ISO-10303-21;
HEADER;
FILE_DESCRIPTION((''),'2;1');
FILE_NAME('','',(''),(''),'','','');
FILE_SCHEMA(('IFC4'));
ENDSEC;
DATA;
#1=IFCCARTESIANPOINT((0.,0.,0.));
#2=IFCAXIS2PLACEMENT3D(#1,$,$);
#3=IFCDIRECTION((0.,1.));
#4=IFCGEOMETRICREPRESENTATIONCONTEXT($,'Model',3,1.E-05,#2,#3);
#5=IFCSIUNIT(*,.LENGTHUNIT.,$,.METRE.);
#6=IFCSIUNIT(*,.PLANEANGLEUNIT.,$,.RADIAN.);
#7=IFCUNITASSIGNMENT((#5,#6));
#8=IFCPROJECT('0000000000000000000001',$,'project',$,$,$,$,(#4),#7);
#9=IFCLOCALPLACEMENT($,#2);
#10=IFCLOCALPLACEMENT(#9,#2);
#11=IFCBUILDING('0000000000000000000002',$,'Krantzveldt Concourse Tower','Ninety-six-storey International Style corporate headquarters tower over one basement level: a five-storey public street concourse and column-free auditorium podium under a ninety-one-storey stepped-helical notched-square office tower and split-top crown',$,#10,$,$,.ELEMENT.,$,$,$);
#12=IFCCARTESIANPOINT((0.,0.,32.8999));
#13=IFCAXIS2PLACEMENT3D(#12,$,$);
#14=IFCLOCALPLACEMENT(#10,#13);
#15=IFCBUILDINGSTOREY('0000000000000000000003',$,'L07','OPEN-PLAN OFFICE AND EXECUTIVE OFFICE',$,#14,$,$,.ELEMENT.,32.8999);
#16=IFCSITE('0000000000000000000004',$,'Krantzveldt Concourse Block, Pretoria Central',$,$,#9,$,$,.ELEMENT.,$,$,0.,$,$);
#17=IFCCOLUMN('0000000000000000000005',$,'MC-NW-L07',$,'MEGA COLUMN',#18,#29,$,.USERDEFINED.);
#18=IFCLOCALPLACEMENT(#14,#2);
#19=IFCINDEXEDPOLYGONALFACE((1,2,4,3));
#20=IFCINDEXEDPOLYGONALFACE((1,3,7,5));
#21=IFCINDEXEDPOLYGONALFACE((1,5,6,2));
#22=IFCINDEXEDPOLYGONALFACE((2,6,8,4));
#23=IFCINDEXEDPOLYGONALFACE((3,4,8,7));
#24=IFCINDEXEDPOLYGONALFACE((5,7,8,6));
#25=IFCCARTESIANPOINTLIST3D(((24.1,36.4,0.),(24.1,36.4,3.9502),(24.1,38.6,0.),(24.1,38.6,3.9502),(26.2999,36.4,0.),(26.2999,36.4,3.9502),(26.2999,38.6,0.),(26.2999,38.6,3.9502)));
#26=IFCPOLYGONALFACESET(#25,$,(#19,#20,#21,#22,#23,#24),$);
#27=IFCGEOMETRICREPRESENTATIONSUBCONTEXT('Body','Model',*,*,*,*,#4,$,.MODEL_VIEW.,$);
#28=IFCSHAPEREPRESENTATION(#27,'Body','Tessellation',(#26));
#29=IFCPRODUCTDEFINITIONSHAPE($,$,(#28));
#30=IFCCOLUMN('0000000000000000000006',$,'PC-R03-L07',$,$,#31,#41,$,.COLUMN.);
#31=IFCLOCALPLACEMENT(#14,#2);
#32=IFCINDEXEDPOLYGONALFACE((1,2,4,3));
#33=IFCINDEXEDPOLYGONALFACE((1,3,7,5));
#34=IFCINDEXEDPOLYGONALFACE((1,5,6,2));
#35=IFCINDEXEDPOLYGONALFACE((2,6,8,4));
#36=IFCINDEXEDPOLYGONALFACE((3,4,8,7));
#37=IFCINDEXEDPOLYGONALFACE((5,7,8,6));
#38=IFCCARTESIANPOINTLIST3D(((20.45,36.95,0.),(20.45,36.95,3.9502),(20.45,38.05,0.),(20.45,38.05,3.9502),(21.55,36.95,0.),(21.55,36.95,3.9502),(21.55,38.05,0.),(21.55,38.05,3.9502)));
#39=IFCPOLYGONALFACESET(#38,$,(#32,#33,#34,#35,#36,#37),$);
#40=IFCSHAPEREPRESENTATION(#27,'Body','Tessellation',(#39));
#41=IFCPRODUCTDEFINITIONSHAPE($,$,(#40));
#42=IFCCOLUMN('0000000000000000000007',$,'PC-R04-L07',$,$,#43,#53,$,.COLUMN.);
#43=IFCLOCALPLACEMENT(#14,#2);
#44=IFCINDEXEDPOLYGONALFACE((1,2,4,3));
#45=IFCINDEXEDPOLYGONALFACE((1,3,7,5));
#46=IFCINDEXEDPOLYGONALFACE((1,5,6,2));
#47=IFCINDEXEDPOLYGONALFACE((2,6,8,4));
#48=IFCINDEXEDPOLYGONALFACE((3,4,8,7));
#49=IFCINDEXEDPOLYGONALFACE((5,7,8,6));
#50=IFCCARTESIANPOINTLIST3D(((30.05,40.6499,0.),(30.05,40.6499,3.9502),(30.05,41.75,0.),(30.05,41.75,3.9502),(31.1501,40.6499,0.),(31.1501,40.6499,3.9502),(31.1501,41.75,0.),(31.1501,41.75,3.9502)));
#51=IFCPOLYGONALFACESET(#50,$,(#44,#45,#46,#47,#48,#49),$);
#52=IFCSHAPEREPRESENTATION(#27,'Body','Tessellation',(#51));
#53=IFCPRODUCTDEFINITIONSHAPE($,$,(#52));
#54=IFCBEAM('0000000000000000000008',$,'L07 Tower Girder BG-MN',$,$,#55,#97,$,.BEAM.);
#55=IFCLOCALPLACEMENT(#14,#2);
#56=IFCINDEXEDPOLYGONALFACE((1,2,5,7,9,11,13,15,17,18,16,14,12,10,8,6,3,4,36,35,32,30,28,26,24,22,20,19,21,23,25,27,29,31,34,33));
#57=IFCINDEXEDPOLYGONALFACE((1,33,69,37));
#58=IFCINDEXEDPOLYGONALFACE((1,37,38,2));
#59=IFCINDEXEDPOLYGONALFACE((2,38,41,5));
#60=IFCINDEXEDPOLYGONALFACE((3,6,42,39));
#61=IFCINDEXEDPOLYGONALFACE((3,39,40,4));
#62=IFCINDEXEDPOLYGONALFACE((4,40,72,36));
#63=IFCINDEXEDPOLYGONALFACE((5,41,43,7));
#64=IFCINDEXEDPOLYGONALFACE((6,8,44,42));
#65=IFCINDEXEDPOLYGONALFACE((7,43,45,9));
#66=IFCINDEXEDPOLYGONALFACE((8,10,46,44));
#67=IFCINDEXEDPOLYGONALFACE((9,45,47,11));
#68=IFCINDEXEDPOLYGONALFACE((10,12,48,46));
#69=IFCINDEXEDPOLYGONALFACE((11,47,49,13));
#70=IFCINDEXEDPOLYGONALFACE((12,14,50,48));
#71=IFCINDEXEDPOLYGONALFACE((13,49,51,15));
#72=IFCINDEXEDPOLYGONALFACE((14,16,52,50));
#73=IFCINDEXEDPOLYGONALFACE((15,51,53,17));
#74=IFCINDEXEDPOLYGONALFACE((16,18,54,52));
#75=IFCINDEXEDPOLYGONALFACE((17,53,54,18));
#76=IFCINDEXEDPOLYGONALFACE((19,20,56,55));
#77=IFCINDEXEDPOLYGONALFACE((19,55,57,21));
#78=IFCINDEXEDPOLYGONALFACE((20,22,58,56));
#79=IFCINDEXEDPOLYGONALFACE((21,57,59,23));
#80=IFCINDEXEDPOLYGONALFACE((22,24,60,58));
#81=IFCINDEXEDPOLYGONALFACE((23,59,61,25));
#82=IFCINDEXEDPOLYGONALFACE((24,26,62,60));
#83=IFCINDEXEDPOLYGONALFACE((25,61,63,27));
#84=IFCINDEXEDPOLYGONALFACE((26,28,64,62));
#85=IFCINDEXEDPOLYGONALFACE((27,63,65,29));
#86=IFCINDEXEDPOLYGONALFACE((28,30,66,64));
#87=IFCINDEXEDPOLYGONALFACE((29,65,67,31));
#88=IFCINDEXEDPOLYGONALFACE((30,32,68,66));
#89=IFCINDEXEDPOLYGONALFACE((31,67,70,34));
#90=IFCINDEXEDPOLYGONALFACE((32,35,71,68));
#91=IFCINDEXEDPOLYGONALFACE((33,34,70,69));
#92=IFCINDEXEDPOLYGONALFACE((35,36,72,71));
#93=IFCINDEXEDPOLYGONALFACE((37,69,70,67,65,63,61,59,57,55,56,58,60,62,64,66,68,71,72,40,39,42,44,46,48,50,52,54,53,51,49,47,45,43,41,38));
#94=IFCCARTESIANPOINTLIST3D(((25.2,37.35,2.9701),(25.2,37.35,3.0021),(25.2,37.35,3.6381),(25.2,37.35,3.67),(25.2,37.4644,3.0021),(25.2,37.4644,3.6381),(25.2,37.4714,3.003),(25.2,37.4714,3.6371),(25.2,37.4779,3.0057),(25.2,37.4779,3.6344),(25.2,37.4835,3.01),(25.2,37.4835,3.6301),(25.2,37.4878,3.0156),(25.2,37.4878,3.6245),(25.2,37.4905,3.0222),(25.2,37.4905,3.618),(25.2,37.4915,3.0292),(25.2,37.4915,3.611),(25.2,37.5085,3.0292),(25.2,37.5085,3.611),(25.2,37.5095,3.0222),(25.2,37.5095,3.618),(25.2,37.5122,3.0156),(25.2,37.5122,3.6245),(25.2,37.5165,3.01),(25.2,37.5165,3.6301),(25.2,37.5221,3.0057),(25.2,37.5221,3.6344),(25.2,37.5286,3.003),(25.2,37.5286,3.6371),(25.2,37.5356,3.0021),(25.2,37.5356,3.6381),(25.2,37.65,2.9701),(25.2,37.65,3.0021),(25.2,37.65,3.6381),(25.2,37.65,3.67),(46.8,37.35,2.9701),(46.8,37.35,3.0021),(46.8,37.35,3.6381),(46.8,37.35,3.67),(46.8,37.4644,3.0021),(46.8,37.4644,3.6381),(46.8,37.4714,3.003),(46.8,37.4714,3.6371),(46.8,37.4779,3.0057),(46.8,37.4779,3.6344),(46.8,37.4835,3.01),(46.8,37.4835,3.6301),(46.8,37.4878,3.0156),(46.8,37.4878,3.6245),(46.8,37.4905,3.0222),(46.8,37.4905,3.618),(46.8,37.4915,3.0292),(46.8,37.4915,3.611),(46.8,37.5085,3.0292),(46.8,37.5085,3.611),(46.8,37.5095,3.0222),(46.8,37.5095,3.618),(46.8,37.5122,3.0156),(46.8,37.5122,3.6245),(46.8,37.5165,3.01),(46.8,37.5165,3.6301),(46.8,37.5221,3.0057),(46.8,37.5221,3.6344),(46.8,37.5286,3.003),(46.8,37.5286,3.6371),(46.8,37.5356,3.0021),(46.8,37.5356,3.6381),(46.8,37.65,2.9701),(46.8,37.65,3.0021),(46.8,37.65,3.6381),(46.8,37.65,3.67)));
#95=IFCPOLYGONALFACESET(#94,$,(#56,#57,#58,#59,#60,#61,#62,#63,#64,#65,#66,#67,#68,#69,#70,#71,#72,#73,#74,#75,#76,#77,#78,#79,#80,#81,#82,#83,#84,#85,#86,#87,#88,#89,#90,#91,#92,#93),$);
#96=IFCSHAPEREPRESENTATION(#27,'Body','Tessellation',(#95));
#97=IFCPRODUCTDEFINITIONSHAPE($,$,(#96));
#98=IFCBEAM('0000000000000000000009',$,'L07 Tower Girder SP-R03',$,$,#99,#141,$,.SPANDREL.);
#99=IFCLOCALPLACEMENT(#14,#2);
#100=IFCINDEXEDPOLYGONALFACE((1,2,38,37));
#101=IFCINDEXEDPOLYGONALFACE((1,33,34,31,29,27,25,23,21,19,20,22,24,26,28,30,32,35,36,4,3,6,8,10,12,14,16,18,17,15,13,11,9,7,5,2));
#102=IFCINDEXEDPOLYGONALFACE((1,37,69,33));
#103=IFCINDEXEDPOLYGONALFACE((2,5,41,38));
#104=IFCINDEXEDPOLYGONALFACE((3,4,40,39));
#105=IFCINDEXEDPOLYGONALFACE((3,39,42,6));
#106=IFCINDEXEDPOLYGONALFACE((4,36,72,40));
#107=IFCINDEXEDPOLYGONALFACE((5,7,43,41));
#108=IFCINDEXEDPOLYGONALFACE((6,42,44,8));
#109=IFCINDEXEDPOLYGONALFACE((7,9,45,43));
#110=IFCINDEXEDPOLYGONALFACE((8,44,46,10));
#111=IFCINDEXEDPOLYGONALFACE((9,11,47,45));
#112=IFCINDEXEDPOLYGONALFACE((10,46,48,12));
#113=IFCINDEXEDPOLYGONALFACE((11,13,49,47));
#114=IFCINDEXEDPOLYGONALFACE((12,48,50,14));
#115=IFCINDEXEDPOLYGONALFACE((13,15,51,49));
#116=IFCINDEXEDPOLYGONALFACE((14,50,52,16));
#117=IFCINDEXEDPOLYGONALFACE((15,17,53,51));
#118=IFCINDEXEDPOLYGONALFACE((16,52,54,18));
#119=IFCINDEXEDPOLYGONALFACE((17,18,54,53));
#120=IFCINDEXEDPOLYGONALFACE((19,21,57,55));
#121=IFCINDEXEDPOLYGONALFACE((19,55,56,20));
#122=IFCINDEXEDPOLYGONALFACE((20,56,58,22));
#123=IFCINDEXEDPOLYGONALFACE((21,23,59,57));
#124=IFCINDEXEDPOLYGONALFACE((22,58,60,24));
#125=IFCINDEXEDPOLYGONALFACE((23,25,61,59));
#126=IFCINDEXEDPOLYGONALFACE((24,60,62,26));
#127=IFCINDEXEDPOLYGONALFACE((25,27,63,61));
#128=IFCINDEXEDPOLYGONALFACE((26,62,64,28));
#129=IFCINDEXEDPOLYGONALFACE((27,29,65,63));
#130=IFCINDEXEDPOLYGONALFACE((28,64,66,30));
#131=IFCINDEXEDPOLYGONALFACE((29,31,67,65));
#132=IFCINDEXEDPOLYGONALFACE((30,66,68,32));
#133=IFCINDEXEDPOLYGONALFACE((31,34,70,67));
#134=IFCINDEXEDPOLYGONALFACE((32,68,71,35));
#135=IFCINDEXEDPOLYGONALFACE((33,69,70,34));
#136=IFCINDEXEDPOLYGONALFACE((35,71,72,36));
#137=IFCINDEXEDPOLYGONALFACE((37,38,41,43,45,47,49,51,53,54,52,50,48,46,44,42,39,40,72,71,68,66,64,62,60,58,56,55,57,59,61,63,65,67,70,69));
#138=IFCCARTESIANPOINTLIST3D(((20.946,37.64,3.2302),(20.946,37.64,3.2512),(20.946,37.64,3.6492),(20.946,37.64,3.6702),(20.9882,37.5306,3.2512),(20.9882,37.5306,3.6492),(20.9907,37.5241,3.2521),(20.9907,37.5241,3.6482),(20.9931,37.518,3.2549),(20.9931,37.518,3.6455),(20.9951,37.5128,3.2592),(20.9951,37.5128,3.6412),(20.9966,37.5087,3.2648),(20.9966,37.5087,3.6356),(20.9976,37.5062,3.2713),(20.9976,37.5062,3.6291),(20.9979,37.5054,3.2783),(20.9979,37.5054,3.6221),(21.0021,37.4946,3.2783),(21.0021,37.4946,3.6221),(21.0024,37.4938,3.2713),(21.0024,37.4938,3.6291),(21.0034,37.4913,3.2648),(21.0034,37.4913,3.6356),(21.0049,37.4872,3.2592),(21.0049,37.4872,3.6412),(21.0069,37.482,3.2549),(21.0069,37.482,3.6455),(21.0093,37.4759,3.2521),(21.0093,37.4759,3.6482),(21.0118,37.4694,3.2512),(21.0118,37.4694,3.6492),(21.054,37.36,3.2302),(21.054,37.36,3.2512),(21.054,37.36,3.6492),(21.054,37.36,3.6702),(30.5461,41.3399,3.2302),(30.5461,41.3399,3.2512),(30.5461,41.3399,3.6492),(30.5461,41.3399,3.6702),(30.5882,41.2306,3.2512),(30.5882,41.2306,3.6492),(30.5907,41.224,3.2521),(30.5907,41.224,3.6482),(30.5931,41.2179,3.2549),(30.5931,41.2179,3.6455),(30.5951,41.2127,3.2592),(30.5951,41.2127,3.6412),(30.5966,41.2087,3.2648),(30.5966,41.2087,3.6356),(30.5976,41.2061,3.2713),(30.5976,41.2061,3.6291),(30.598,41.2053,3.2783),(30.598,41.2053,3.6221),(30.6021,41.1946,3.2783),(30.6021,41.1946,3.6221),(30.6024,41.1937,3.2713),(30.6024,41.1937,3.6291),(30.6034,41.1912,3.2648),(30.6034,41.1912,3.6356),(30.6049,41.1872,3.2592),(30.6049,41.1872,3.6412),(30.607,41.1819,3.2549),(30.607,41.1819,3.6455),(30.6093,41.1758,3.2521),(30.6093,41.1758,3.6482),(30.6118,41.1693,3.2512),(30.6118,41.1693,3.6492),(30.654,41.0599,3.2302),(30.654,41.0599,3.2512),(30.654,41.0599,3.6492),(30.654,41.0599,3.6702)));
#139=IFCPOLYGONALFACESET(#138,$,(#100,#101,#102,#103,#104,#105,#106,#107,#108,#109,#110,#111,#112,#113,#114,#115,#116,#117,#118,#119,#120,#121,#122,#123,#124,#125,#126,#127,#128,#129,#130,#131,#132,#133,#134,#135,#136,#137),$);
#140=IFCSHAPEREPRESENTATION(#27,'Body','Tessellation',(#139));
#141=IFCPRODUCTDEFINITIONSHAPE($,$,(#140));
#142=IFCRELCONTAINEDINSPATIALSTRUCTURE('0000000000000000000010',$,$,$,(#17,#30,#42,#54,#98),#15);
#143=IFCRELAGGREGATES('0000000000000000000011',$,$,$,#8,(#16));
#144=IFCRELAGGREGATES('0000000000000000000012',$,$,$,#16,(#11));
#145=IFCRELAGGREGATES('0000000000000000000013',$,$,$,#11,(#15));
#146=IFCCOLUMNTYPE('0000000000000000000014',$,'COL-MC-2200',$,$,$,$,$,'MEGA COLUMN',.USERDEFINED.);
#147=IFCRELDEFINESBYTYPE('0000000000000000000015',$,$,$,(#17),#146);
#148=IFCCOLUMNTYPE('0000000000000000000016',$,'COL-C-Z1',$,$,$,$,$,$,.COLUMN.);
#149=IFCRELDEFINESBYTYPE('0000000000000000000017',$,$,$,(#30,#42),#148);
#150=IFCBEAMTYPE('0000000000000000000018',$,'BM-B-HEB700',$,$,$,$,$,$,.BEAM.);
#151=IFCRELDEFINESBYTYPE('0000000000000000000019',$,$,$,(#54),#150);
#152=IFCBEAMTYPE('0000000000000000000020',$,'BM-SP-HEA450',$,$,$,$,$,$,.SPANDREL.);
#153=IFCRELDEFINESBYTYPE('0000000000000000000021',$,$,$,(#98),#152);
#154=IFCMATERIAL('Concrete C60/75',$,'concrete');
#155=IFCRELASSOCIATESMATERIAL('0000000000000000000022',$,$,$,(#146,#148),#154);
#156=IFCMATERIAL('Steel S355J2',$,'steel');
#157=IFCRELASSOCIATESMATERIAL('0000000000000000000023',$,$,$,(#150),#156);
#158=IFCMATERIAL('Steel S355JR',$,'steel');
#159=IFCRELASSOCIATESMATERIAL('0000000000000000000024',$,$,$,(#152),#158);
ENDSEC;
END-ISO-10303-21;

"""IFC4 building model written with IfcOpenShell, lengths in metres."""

from ifc_helpers import new_model, si_unit, direction, frame, origin, origin_2d, place, context, subcontext, project, spatial, rectangle, i_section, extrude, source, transform, mapped, material, material_profile, profile_set, type_object, type_shapes, element, save


model = new_model("IFC4")

# Units and contexts
model_context = context("Model", 3, precision=1e-05, world=origin(), true_north=direction((0.0, 1.0)))
body_context = subcontext(model_context, "Body", "Model", "MODEL_VIEW")
ifc_project = project(units=[si_unit("LENGTHUNIT", "METRE"), si_unit("PLANEANGLEUNIT", "RADIAN")], contexts=[model_context])

# Site, building, storey
site_placement = place(None, origin())
site = spatial("IfcSite", under=ifc_project, at=site_placement, Name="Krantzveldt Concourse Block, Pretoria Central", CompositionType="ELEMENT", RefElevation=0.0)
building_placement = place(site_placement, origin())
building = spatial("IfcBuilding", under=site, at=building_placement, Name="Krantzveldt Concourse Tower", Description="Ninety-six-storey International Style corporate headquarters tower over one basement level: a five-storey public street concourse and column-free auditorium podium under a ninety-one-storey stepped-helical notched-square office tower and split-top crown", CompositionType="ELEMENT")
storey_placement = place(building_placement, frame((0.0, 0.0, 32.8999)))
storey = spatial("IfcBuildingStorey", under=building, at=storey_placement, Name="L07", Description="OPEN-PLAN OFFICE AND EXECUTIVE OFFICE", CompositionType="ELEMENT", Elevation=32.8999)

# Columns
ifc_material_1 = material(Name="Concrete C60/75", Category="concrete")
ifc_material_profile_1 = material_profile(ifc_material_1, rectangle(XDim=2.2, YDim=2.2, at=origin_2d()), Name="Concrete C60/75", Category="concrete")
ifc_profile_set_1 = profile_set([ifc_material_profile_1], Name="Concrete C60/75 - RC 2200x2200")
column_type_1 = type_object("IfcColumnType", Name="COL-MC-2200", ElementType="MEGA COLUMN", PredefinedType="USERDEFINED", material=ifc_profile_set_1)
shared_shape_1 = source(origin(), body_context, "Body", "SweptSolid", [
    extrude(rectangle(XDim=2.2, YDim=2.2, at=origin_2d()), origin(), (0.0, 0.0, 1.0), 3.9502),
])
type_shapes(column_type_1, [shared_shape_1])
column_placement = place(storey_placement, frame((25.2, 37.5, 0.0), z_axis=(0.0, 0.0, 1.0), x_axis=(1.0, 0.0, 0.0)))
element("IfcColumn", 1, at=column_placement, inside=storey, type_object=column_type_1, Name="MC-NW-L07", ObjectType="MEGA COLUMN", PredefinedType="USERDEFINED", context=body_context, shape_type="MappedRepresentation", body=[
    mapped(shared_shape_1, transform((0.0, 0.0, 0.0), x_axis=(1.0, 0.0, 0.0), y_axis=(0.0, 1.0, 0.0), z_axis=(0.0, 0.0, 1.0), scale=1.0)),
])
ifc_material_profile_2 = material_profile(ifc_material_1, rectangle(XDim=1.1001, YDim=1.1001, at=origin_2d()), Name="Concrete C60/75", Category="concrete")
ifc_profile_set_2 = profile_set([ifc_material_profile_2], Name="Concrete C60/75 - RC 1100x1100")
column_type_2 = type_object("IfcColumnType", Name="COL-C-Z1", PredefinedType="COLUMN", material=ifc_profile_set_2)
shared_shape_2 = source(origin(), body_context, "Body", "SweptSolid", [
    extrude(rectangle(XDim=1.1001, YDim=1.1001, at=origin_2d()), origin(), (0.0, 0.0, 1.0), 3.9502),
])
type_shapes(column_type_2, [shared_shape_2])
for number, where, z_axis, x_axis, name in (
    (2, (21.0, 37.5, 0.0), (0.0, 0.0, 1.0), (1.0, 0.0, 0.0), "PC-R03-L07"),
    (3, (30.6001, 41.2, 0.0), (0.0, 0.0, 1.0), (1.0, 0.0, 0.0), "PC-R04-L07"),
):
    element("IfcColumn", number, at=place(storey_placement, frame(where, z_axis=z_axis, x_axis=x_axis)), inside=storey, type_object=column_type_2, Name=name, PredefinedType="COLUMN", context=body_context, shape_type="MappedRepresentation", body=[
        mapped(shared_shape_2, transform((0.0, 0.0, 0.0), x_axis=(1.0, 0.0, 0.0), y_axis=(0.0, 1.0, 0.0), z_axis=(0.0, 0.0, 1.0), scale=1.0)),
    ])

# Beams
ifc_material_2 = material(Name="Steel S355J2", Category="steel")
ifc_material_profile_3 = material_profile(ifc_material_2, i_section(OverallWidth=0.3, OverallDepth=0.7, WebThickness=0.0171, FlangeThickness=0.032, FilletRadius=0.0271, at=origin_2d()), Name="Steel S355J2", Category="steel")
ifc_profile_set_3 = profile_set([ifc_material_profile_3], Name="Steel S355J2 - HEB 700")
beam_type_1 = type_object("IfcBeamType", Name="BM-B-HEB700", PredefinedType="BEAM", material=ifc_profile_set_3)
shared_shape_3 = source(origin(), body_context, "Body", "SweptSolid", [
    extrude(i_section(OverallWidth=0.3, OverallDepth=0.7, WebThickness=0.0171, FlangeThickness=0.032, FilletRadius=0.0271, at=origin_2d()), origin(), (0.0, 0.0, 1.0), 21.6001),
])
type_shapes(beam_type_1, [shared_shape_3])
beam_1_placement = place(storey_placement, frame((25.2, 37.5, 3.3201), z_axis=(1.0, 0.0, 0.0), x_axis=(0.0, 1.0, 0.0)))
element("IfcBeam", 4, at=beam_1_placement, inside=storey, type_object=beam_type_1, Name="L07 Tower Girder BG-MN", PredefinedType="BEAM", context=body_context, shape_type="MappedRepresentation", body=[
    mapped(shared_shape_3, transform((0.0, 0.0, 0.0), x_axis=(1.0, 0.0, 0.0), y_axis=(0.0, 1.0, 0.0), z_axis=(0.0, 0.0, 1.0), scale=1.0)),
])
ifc_material_3 = material(Name="Steel S355JR", Category="steel")
ifc_material_profile_4 = material_profile(ifc_material_3, i_section(OverallWidth=0.3, OverallDepth=0.4399, WebThickness=0.0115, FlangeThickness=0.021, FilletRadius=0.0271, at=origin_2d()), Name="Steel S355JR", Category="steel")
ifc_profile_set_4 = profile_set([ifc_material_profile_4], Name="Steel S355JR - HEA 450")
beam_type_2 = type_object("IfcBeamType", Name="BM-SP-HEA450", PredefinedType="SPANDREL", material=ifc_profile_set_4)
shared_shape_4 = source(origin(), body_context, "Body", "SweptSolid", [
    extrude(i_section(OverallWidth=0.3, OverallDepth=0.4399, WebThickness=0.0115, FlangeThickness=0.021, FilletRadius=0.0271, at=origin_2d()), origin(), (0.0, 0.0, 1.0), 10.2883),
])
beam_2_placement = place(storey_placement, frame((21.0, 37.5, 3.4502), z_axis=(0.933098, 0.359623, 0.0), x_axis=(-0.359623, 0.933098, 0.0)))
element("IfcBeam", 5, at=beam_2_placement, inside=storey, type_object=beam_type_2, Name="L07 Tower Girder SP-R03", PredefinedType="SPANDREL", context=body_context, shape_type="MappedRepresentation", body=[
    mapped(shared_shape_4, transform((0.0, 0.0, 0.0), x_axis=(1.0, 0.0, 0.0), y_axis=(0.0, 1.0, 0.0), z_axis=(0.0, 0.0, 1.0), scale=1.0)),
])

save(model, "model.ifc")
